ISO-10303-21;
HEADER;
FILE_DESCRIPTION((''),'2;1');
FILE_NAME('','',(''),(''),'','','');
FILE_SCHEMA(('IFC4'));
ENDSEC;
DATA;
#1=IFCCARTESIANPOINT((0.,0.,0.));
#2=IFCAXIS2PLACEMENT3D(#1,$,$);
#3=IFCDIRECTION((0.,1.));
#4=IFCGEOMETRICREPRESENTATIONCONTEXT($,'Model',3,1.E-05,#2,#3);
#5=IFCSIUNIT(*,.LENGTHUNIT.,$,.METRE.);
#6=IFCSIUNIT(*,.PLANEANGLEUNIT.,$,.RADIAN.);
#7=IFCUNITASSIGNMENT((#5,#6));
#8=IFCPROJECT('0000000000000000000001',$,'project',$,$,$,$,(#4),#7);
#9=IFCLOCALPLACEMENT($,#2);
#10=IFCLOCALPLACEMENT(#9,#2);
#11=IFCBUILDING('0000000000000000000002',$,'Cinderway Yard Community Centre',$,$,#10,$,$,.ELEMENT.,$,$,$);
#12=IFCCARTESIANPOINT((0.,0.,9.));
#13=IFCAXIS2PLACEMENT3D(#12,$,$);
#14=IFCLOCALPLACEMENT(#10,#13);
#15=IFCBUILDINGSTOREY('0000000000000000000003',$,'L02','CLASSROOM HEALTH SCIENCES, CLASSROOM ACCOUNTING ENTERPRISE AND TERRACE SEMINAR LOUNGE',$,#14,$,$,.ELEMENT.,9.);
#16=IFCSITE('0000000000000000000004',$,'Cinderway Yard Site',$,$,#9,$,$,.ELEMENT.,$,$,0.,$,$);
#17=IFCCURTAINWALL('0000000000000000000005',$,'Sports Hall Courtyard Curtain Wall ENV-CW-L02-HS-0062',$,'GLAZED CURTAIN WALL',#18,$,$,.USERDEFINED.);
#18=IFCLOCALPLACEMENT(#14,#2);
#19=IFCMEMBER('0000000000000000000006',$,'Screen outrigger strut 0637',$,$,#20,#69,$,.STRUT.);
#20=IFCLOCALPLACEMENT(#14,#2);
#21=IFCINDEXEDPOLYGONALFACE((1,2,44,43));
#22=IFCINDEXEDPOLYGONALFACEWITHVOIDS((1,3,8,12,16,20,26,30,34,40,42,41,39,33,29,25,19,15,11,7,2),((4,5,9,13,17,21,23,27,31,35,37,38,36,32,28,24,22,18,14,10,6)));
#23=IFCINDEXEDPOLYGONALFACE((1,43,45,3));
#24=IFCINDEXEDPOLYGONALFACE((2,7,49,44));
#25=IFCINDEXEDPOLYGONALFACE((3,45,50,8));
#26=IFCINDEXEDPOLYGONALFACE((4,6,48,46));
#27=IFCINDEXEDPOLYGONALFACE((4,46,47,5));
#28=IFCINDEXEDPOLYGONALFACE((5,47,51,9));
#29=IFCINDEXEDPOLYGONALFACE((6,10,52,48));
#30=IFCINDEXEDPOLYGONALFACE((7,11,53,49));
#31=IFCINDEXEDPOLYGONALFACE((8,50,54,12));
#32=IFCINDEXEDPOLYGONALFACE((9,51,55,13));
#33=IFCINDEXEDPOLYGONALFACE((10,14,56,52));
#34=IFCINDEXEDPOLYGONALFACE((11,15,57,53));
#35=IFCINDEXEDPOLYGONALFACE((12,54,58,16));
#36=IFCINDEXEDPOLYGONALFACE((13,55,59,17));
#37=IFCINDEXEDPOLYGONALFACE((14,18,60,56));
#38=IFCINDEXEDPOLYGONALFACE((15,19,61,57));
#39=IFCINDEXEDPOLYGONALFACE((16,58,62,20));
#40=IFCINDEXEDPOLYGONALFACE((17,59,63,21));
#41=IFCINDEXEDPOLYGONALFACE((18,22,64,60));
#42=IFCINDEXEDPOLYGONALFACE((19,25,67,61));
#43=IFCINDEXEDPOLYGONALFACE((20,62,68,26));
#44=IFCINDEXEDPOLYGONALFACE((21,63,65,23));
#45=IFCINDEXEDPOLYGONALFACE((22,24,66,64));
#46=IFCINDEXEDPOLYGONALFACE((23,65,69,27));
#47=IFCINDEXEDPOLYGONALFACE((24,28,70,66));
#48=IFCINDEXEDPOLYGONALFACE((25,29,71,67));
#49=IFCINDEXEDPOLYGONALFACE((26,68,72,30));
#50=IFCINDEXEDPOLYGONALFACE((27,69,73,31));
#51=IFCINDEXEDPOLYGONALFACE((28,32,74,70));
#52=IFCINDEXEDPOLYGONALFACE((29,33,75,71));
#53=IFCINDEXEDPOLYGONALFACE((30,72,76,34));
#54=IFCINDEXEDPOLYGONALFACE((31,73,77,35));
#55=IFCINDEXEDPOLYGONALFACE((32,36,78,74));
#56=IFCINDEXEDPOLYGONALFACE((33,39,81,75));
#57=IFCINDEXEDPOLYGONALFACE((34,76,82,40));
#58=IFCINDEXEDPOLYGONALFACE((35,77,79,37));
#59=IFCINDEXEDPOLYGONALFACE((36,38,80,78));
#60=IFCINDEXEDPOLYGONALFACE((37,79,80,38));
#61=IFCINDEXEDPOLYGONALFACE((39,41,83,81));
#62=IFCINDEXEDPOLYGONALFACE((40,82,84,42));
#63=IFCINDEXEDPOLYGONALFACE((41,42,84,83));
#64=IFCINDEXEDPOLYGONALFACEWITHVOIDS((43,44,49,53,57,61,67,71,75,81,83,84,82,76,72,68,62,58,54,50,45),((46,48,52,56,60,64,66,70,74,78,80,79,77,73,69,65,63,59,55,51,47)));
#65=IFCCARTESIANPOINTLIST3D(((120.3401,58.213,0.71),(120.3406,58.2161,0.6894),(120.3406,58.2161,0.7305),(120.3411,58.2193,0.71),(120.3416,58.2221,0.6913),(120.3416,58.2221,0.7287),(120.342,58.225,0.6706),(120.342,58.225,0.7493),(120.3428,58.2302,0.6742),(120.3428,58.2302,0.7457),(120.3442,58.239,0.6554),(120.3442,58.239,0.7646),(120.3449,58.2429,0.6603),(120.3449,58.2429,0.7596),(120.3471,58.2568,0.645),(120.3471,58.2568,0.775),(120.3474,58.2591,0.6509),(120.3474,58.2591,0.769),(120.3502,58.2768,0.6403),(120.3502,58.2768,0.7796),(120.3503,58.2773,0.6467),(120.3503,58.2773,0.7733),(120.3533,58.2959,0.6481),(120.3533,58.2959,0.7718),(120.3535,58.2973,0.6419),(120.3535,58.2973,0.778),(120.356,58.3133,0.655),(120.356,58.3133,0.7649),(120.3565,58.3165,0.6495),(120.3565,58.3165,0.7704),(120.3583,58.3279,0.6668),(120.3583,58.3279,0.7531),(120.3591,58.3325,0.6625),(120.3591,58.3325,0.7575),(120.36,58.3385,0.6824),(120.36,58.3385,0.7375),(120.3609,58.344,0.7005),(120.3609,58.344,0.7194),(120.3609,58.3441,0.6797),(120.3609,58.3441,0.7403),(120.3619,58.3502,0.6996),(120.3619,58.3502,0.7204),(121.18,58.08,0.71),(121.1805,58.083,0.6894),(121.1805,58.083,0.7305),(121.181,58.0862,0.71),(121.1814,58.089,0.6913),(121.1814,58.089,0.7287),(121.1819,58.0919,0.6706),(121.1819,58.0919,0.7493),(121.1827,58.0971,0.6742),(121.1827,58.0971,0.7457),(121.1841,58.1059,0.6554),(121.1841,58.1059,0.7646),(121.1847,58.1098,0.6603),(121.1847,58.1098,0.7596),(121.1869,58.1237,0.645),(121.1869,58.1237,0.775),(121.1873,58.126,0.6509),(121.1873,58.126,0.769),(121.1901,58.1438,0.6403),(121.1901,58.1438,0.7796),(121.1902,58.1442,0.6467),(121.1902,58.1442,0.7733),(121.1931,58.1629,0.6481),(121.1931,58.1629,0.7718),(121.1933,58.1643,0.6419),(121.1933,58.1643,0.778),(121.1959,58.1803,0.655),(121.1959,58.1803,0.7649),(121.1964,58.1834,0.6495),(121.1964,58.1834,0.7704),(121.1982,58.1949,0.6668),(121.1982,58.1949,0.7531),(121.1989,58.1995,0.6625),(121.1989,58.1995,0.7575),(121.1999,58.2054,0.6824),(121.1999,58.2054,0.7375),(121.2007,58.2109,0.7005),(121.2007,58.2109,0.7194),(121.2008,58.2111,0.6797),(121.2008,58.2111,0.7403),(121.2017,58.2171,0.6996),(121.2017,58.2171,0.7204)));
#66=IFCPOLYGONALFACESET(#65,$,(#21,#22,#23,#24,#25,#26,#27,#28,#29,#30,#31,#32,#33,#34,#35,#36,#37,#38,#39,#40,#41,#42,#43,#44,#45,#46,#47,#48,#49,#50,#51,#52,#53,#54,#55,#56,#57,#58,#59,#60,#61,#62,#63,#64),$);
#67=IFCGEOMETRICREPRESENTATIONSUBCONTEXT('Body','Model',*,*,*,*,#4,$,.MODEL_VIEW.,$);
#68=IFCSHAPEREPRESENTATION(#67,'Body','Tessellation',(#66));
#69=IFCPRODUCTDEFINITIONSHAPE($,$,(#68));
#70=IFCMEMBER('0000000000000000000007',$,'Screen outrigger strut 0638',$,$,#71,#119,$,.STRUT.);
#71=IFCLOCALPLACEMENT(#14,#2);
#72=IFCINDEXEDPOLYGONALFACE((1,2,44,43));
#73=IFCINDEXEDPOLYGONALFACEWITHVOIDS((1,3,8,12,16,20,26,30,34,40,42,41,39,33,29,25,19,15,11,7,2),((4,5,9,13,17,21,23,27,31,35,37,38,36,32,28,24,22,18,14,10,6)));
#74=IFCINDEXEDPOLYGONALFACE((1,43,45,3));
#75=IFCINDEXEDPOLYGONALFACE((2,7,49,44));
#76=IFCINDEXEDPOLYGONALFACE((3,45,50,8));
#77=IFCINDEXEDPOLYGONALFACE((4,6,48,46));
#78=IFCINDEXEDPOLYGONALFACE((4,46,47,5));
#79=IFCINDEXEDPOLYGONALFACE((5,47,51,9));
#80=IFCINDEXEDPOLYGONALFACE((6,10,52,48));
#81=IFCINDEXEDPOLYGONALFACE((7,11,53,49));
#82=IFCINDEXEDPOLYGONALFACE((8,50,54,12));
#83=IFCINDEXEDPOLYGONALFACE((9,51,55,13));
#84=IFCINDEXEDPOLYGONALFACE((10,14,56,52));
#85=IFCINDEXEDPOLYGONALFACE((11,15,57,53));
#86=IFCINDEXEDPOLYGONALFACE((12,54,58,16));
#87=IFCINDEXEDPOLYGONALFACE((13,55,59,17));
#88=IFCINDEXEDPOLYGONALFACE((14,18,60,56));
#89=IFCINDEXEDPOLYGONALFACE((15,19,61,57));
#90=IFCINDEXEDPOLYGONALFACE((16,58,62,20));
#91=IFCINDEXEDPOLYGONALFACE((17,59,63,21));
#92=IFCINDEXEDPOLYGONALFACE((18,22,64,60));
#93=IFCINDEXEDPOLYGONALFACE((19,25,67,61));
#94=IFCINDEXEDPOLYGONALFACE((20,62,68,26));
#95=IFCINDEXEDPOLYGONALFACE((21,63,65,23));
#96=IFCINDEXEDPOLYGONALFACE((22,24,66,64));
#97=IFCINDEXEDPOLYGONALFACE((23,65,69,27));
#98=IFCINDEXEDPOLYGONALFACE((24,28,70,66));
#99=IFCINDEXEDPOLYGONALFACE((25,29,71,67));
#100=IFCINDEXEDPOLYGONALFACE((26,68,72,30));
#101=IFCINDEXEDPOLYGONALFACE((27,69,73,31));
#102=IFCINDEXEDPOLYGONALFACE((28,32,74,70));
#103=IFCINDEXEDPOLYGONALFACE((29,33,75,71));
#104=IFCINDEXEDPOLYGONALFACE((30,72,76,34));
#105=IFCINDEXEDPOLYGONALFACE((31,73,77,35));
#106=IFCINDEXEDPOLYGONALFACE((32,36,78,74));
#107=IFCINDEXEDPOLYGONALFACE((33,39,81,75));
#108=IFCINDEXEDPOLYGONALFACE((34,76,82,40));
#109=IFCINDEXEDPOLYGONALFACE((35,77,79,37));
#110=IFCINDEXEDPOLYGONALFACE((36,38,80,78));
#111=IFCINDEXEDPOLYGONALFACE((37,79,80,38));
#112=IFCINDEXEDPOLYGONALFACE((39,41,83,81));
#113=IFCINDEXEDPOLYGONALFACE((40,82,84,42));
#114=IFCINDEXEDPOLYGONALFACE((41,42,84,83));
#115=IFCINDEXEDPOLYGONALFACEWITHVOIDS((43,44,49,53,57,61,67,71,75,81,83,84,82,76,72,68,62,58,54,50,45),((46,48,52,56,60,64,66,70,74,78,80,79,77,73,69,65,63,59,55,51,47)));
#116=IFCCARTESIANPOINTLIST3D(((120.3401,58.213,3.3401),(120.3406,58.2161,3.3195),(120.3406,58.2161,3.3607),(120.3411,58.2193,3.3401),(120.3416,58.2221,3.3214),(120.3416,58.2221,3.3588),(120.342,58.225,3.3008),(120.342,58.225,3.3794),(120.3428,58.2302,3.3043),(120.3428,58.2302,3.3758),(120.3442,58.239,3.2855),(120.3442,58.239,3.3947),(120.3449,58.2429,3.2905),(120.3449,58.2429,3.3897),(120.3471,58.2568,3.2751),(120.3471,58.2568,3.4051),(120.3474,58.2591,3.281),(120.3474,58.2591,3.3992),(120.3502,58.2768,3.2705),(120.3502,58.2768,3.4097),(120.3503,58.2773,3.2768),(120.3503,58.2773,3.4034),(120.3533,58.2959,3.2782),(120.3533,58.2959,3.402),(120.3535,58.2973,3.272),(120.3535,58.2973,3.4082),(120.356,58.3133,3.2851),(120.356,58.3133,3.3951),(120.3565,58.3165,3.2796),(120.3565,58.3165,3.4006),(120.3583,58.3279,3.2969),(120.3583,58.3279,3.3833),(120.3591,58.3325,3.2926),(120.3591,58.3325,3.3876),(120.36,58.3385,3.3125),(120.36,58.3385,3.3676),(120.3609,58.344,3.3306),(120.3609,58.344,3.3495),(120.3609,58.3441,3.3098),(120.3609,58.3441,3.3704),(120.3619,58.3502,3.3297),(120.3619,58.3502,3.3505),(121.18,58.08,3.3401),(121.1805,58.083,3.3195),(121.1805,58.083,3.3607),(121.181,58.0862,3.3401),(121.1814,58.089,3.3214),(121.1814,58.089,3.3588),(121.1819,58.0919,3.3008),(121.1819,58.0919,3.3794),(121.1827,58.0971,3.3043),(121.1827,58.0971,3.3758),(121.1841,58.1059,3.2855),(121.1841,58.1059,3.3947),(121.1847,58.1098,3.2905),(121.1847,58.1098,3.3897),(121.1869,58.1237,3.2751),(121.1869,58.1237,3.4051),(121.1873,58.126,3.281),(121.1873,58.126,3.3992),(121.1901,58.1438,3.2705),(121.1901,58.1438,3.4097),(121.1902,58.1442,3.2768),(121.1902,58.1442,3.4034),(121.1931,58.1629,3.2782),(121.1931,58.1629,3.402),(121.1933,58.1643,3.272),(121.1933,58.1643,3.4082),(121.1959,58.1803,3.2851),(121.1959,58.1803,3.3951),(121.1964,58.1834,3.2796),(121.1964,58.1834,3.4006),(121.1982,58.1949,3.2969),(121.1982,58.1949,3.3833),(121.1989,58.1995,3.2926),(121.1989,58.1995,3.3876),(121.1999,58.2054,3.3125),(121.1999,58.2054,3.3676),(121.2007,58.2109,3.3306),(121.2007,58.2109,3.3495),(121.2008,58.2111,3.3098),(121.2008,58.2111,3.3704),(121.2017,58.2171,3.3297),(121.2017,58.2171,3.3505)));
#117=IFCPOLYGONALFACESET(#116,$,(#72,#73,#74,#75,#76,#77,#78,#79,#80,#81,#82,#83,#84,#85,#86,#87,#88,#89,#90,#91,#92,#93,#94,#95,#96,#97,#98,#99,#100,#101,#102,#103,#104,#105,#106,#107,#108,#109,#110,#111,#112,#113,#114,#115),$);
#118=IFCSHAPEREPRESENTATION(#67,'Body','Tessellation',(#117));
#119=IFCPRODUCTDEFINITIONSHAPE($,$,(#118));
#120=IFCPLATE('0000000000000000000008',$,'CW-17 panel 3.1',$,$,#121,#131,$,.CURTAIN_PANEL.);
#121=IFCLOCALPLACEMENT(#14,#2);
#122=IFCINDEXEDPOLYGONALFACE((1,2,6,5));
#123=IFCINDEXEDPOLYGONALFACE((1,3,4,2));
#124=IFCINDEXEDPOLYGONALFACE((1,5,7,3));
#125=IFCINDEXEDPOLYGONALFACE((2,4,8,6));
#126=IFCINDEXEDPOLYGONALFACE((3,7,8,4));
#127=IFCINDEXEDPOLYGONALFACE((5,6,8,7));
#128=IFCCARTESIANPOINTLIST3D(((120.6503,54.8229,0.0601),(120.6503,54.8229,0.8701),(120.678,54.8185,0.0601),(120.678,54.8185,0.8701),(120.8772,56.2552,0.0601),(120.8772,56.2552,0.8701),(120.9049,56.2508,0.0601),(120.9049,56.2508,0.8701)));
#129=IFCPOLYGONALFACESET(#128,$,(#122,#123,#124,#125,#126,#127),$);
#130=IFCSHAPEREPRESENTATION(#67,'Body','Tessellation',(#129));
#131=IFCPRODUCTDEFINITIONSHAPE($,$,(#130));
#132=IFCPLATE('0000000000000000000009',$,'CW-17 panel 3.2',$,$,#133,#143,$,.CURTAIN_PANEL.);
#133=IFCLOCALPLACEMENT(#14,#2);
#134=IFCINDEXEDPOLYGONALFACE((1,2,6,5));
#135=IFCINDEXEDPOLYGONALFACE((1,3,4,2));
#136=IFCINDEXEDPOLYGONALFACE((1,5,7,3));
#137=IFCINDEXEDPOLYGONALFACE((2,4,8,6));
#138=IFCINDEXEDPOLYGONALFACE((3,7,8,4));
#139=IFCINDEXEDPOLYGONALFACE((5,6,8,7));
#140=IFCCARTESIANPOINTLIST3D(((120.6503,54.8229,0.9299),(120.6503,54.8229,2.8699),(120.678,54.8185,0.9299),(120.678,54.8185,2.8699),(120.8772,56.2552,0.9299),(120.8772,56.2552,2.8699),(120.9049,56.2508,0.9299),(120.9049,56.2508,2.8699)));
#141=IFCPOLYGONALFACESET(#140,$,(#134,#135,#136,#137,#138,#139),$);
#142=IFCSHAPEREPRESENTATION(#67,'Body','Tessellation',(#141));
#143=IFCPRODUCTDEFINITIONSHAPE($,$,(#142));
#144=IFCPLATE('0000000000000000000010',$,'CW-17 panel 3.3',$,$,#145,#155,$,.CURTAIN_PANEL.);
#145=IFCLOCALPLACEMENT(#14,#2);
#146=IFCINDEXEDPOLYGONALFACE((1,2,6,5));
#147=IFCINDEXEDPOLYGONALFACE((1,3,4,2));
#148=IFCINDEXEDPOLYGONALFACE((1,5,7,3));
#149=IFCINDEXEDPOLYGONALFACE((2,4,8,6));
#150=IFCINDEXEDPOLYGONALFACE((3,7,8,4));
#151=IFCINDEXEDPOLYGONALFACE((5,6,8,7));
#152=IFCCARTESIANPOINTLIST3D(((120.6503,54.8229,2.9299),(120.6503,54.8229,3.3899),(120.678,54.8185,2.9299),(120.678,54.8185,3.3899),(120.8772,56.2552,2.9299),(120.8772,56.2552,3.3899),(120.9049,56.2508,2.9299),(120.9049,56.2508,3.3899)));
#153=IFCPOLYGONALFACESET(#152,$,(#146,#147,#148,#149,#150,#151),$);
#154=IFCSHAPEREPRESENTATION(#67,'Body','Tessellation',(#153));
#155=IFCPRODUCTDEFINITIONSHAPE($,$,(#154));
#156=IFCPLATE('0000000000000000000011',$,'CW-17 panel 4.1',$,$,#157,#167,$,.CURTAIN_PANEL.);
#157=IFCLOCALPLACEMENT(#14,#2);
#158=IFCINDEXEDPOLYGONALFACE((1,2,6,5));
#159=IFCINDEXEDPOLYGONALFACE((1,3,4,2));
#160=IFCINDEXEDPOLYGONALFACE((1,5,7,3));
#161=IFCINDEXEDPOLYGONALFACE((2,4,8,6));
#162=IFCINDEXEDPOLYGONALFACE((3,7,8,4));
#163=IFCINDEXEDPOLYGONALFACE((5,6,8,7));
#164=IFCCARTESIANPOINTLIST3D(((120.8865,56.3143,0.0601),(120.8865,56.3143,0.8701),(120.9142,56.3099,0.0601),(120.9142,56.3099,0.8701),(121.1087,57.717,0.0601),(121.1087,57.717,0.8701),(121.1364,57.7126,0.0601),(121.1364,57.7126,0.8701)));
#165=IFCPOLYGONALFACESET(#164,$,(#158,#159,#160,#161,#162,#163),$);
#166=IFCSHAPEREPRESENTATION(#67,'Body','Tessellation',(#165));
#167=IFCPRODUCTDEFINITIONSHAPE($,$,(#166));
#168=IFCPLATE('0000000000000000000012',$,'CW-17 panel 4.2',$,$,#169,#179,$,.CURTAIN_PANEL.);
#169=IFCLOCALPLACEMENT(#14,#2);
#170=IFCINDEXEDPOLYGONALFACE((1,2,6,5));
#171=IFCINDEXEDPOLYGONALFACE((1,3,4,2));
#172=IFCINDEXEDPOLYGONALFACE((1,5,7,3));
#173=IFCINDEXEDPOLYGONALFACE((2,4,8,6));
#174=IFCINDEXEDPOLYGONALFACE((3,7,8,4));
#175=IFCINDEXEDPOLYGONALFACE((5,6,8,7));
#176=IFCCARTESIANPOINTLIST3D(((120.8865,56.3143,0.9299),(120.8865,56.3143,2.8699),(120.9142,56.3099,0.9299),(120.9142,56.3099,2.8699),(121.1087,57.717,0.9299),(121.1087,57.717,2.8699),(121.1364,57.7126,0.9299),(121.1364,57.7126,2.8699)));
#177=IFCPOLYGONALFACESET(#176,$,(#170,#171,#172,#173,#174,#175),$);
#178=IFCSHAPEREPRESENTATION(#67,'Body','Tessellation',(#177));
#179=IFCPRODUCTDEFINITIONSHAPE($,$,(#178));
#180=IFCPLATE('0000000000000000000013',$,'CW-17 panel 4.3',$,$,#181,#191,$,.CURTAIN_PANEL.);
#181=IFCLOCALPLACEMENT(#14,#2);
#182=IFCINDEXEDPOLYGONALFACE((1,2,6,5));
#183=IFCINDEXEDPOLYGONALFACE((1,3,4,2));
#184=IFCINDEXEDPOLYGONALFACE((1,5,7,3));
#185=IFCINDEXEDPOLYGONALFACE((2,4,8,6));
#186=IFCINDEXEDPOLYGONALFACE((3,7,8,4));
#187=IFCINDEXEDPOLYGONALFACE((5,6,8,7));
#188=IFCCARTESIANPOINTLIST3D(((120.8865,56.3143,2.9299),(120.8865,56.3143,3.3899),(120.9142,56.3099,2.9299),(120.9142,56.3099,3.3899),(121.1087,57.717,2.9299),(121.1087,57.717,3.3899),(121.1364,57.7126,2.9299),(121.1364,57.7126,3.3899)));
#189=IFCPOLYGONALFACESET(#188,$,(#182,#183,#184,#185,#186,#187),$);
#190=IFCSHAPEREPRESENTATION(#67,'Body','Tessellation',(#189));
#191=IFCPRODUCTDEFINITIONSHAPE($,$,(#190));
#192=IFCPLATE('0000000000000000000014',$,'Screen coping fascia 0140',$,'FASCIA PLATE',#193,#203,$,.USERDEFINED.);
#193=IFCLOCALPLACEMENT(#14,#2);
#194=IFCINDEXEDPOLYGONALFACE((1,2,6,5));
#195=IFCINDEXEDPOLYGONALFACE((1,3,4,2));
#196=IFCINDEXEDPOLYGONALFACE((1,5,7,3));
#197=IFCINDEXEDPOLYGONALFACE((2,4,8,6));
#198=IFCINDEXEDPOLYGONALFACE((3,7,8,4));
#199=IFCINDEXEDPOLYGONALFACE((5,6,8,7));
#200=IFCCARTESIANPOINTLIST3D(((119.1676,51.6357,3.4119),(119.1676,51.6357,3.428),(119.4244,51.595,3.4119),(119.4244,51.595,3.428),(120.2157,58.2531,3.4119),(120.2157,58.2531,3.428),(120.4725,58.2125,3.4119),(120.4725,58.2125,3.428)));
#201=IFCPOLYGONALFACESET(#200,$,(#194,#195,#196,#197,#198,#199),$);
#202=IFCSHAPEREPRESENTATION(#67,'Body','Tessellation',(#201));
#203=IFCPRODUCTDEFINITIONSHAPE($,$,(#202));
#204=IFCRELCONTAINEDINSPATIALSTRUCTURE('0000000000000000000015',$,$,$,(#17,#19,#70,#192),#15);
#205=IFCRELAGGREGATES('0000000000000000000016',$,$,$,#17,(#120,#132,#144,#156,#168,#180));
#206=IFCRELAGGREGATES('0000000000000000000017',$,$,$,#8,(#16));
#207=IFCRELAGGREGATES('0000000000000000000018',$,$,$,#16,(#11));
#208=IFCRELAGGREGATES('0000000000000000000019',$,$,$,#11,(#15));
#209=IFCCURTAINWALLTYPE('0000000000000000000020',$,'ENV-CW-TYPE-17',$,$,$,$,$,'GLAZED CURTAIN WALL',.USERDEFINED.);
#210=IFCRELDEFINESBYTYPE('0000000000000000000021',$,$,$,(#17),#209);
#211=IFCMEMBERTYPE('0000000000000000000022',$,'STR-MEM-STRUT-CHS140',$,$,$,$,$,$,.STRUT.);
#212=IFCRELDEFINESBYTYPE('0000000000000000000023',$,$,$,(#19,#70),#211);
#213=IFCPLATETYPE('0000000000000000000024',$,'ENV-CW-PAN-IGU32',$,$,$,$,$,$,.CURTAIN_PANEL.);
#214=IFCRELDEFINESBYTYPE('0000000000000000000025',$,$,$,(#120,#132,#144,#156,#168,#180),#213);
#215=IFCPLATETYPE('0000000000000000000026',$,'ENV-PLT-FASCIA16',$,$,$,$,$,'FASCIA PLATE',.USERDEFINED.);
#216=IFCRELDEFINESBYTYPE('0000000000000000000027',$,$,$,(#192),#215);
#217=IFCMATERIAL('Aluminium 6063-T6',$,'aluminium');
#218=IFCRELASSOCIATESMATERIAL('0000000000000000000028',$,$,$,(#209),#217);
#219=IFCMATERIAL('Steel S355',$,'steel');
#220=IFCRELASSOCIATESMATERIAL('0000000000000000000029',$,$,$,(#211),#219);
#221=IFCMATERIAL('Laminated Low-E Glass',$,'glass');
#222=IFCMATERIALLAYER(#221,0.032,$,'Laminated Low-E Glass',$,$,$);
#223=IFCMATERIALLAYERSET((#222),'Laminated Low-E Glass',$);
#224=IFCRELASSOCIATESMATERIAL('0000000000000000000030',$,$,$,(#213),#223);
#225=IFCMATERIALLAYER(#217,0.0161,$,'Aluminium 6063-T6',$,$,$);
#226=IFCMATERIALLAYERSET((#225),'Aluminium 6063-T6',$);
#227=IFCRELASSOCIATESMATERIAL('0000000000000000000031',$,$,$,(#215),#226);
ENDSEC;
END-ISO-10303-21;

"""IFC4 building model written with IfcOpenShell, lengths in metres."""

from ifc_helpers import new_model, si_unit, direction, frame, origin, origin_2d, place, context, subcontext, project, spatial, rectangle, hollow_circle, extrude, material, layer, layer_set, material_profile, profile_set, type_object, element, aggregate, save


model = new_model("IFC4")

# Units and contexts
model_context = context("Model", 3, precision=1e-05, world=origin(), true_north=direction((0.0, 1.0)))
body_context = subcontext(model_context, "Body", "Model", "MODEL_VIEW")
ifc_project = project(units=[si_unit("LENGTHUNIT", "METRE"), si_unit("PLANEANGLEUNIT", "RADIAN")], contexts=[model_context])

# Site, building, storey
site_placement = place(None, origin())
site = spatial("IfcSite", under=ifc_project, at=site_placement, Name="Cinderway Yard Site", CompositionType="ELEMENT", RefElevation=0.0)
building_placement = place(site_placement, origin())
building = spatial("IfcBuilding", under=site, at=building_placement, Name="Cinderway Yard Community Centre", CompositionType="ELEMENT")
storey_placement = place(building_placement, frame((0.0, 0.0, 9.0)))
storey = spatial("IfcBuildingStorey", under=building, at=storey_placement, Name="L02", Description="CLASSROOM HEALTH SCIENCES, CLASSROOM ACCOUNTING ENTERPRISE AND TERRACE SEMINAR LOUNGE", CompositionType="ELEMENT", Elevation=9.0)

# Curtain wall
ifc_material_1 = material(Name="Aluminium 6063-T6", Category="aluminium")
curtain_wall_type = type_object("IfcCurtainWallType", Name="ENV-CW-TYPE-17", ElementType="GLAZED CURTAIN WALL", PredefinedType="USERDEFINED", material=ifc_material_1)
curtain_wall_placement = place(storey_placement, origin())
curtain_wall = element("IfcCurtainWall", 1, at=curtain_wall_placement, inside=storey, type_object=curtain_wall_type, Name="Sports Hall Courtyard Curtain Wall ENV-CW-L02-HS-0062", ObjectType="GLAZED CURTAIN WALL", PredefinedType="USERDEFINED")

# Shared definitions
ifc_material_2 = material(Name="Steel S355", Category="steel")

# Members
ifc_material_profile_1 = material_profile(ifc_material_2, hollow_circle(Radius=0.0698, WallThickness=0.0063, at=origin_2d()), Name="Steel S355")
ifc_profile_set_1 = profile_set([ifc_material_profile_1], Name="Steel S355")
member_type_1 = type_object("IfcMemberType", Name="STR-MEM-STRUT-CHS140", PredefinedType="STRUT", material=ifc_profile_set_1)
for number, where, z_axis, x_axis, name in (
    (2, (121.1909, 58.1489, 0.71), (-0.987681, 0.156479, 0.0), (-0.156479, -0.987681, 0.0), "Screen outrigger strut 0637"),
    (3, (121.1909, 58.1489, 3.3401), (-0.987681, 0.156479, 0.0), (-0.156479, -0.987681, 0.0), "Screen outrigger strut 0638"),
):
    element("IfcMember", number, at=place(storey_placement, frame(where, z_axis=z_axis, x_axis=x_axis)), inside=storey, type_object=member_type_1, Name=name, PredefinedType="STRUT", context=body_context, shape_type="SweptSolid", body=[
        extrude(hollow_circle(Radius=0.0698, WallThickness=0.0063, at=origin_2d()), origin(), (0.0, 0.0, 1.0), 0.8503),
    ])

# Plates
ifc_material_3 = material(Name="Laminated Low-E Glass", Category="glass")
ifc_layer_1 = layer(ifc_material_3, 0.032, Name="Laminated Low-E Glass")
ifc_layer_set_1 = layer_set([ifc_layer_1], Name="Laminated Low-E Glass")
plate_type_1 = type_object("IfcPlateType", Name="ENV-CW-PAN-IGU32", PredefinedType="CURTAIN_PANEL", material=ifc_layer_set_1)
plate_1_placement = place(storey_placement, frame((120.7776, 55.5369, 0.0601), z_axis=(0.0, 0.0, 1.0), x_axis=(0.156447, 0.987686, 0.0)))
plate_1 = element("IfcPlate", 4, at=plate_1_placement, type_object=plate_type_1, Name="CW-17 panel 3.1", PredefinedType="CURTAIN_PANEL", context=body_context, shape_type="SweptSolid", body=[
    extrude(rectangle(XDim=1.4502, YDim=0.0281, at=origin_2d()), origin(), (0.0, 0.0, 1.0), 0.8101),
])
plate_2_placement = place(storey_placement, frame((120.7776, 55.5369, 0.9299), z_axis=(0.0, 0.0, 1.0), x_axis=(0.156447, 0.987686, 0.0)))
plate_2 = element("IfcPlate", 5, at=plate_2_placement, type_object=plate_type_1, Name="CW-17 panel 3.2", PredefinedType="CURTAIN_PANEL", context=body_context, shape_type="SweptSolid", body=[
    extrude(rectangle(XDim=1.4502, YDim=0.0281, at=origin_2d()), origin(), (0.0, 0.0, 1.0), 1.9399),
])
plate_3_placement = place(storey_placement, frame((120.7776, 55.5369, 2.9299), z_axis=(0.0, 0.0, 1.0), x_axis=(0.156447, 0.987686, 0.0)))
plate_3 = element("IfcPlate", 6, at=plate_3_placement, type_object=plate_type_1, Name="CW-17 panel 3.3", PredefinedType="CURTAIN_PANEL", context=body_context, shape_type="SweptSolid", body=[
    extrude(rectangle(XDim=1.4502, YDim=0.0281, at=origin_2d()), origin(), (0.0, 0.0, 1.0), 0.46),
])
plate_4_placement = place(storey_placement, frame((121.0115, 57.0134, 0.0601), z_axis=(0.0, 0.0, 1.0), x_axis=(0.156447, 0.987686, 0.0)))
plate_4 = element("IfcPlate", 7, at=plate_4_placement, type_object=plate_type_1, Name="CW-17 panel 4.1", PredefinedType="CURTAIN_PANEL", context=body_context, shape_type="SweptSolid", body=[
    extrude(rectangle(XDim=1.4202, YDim=0.0281, at=origin_2d()), origin(), (0.0, 0.0, 1.0), 0.8101),
])
plate_5_placement = place(storey_placement, frame((121.0115, 57.0134, 0.9299), z_axis=(0.0, 0.0, 1.0), x_axis=(0.156447, 0.987686, 0.0)))
plate_5 = element("IfcPlate", 8, at=plate_5_placement, type_object=plate_type_1, Name="CW-17 panel 4.2", PredefinedType="CURTAIN_PANEL", context=body_context, shape_type="SweptSolid", body=[
    extrude(rectangle(XDim=1.4202, YDim=0.0281, at=origin_2d()), origin(), (0.0, 0.0, 1.0), 1.9399),
])
plate_6_placement = place(storey_placement, frame((121.0115, 57.0134, 2.9299), z_axis=(0.0, 0.0, 1.0), x_axis=(0.156447, 0.987686, 0.0)))
plate_6 = element("IfcPlate", 9, at=plate_6_placement, type_object=plate_type_1, Name="CW-17 panel 4.3", PredefinedType="CURTAIN_PANEL", context=body_context, shape_type="SweptSolid", body=[
    extrude(rectangle(XDim=1.4202, YDim=0.0281, at=origin_2d()), origin(), (0.0, 0.0, 1.0), 0.46),
])
aggregate(curtain_wall, [plate_1, plate_2, plate_3, plate_4, plate_5, plate_6])
ifc_layer_2 = layer(ifc_material_1, 0.0161, Name="Aluminium 6063-T6")
ifc_layer_set_2 = layer_set([ifc_layer_2], Name="Aluminium 6063-T6")
plate_type_2 = type_object("IfcPlateType", Name="ENV-PLT-FASCIA16", ElementType="FASCIA PLATE", PredefinedType="USERDEFINED", material=ifc_layer_set_2)
plate_7_placement = place(storey_placement, frame((119.8201, 54.9241, 3.4119), z_axis=(0.0, 0.0, 1.0), x_axis=(0.156434, 0.987688, 0.0)))
element("IfcPlate", 10, at=plate_7_placement, inside=storey, type_object=plate_type_2, Name="Screen coping fascia 0140", ObjectType="FASCIA PLATE", PredefinedType="USERDEFINED", context=body_context, shape_type="SweptSolid", body=[
    extrude(rectangle(XDim=6.7, YDim=0.26, at=origin_2d()), origin(), (0.0, 0.0, 1.0), 0.0161),
])

save(model, "model.ifc")
